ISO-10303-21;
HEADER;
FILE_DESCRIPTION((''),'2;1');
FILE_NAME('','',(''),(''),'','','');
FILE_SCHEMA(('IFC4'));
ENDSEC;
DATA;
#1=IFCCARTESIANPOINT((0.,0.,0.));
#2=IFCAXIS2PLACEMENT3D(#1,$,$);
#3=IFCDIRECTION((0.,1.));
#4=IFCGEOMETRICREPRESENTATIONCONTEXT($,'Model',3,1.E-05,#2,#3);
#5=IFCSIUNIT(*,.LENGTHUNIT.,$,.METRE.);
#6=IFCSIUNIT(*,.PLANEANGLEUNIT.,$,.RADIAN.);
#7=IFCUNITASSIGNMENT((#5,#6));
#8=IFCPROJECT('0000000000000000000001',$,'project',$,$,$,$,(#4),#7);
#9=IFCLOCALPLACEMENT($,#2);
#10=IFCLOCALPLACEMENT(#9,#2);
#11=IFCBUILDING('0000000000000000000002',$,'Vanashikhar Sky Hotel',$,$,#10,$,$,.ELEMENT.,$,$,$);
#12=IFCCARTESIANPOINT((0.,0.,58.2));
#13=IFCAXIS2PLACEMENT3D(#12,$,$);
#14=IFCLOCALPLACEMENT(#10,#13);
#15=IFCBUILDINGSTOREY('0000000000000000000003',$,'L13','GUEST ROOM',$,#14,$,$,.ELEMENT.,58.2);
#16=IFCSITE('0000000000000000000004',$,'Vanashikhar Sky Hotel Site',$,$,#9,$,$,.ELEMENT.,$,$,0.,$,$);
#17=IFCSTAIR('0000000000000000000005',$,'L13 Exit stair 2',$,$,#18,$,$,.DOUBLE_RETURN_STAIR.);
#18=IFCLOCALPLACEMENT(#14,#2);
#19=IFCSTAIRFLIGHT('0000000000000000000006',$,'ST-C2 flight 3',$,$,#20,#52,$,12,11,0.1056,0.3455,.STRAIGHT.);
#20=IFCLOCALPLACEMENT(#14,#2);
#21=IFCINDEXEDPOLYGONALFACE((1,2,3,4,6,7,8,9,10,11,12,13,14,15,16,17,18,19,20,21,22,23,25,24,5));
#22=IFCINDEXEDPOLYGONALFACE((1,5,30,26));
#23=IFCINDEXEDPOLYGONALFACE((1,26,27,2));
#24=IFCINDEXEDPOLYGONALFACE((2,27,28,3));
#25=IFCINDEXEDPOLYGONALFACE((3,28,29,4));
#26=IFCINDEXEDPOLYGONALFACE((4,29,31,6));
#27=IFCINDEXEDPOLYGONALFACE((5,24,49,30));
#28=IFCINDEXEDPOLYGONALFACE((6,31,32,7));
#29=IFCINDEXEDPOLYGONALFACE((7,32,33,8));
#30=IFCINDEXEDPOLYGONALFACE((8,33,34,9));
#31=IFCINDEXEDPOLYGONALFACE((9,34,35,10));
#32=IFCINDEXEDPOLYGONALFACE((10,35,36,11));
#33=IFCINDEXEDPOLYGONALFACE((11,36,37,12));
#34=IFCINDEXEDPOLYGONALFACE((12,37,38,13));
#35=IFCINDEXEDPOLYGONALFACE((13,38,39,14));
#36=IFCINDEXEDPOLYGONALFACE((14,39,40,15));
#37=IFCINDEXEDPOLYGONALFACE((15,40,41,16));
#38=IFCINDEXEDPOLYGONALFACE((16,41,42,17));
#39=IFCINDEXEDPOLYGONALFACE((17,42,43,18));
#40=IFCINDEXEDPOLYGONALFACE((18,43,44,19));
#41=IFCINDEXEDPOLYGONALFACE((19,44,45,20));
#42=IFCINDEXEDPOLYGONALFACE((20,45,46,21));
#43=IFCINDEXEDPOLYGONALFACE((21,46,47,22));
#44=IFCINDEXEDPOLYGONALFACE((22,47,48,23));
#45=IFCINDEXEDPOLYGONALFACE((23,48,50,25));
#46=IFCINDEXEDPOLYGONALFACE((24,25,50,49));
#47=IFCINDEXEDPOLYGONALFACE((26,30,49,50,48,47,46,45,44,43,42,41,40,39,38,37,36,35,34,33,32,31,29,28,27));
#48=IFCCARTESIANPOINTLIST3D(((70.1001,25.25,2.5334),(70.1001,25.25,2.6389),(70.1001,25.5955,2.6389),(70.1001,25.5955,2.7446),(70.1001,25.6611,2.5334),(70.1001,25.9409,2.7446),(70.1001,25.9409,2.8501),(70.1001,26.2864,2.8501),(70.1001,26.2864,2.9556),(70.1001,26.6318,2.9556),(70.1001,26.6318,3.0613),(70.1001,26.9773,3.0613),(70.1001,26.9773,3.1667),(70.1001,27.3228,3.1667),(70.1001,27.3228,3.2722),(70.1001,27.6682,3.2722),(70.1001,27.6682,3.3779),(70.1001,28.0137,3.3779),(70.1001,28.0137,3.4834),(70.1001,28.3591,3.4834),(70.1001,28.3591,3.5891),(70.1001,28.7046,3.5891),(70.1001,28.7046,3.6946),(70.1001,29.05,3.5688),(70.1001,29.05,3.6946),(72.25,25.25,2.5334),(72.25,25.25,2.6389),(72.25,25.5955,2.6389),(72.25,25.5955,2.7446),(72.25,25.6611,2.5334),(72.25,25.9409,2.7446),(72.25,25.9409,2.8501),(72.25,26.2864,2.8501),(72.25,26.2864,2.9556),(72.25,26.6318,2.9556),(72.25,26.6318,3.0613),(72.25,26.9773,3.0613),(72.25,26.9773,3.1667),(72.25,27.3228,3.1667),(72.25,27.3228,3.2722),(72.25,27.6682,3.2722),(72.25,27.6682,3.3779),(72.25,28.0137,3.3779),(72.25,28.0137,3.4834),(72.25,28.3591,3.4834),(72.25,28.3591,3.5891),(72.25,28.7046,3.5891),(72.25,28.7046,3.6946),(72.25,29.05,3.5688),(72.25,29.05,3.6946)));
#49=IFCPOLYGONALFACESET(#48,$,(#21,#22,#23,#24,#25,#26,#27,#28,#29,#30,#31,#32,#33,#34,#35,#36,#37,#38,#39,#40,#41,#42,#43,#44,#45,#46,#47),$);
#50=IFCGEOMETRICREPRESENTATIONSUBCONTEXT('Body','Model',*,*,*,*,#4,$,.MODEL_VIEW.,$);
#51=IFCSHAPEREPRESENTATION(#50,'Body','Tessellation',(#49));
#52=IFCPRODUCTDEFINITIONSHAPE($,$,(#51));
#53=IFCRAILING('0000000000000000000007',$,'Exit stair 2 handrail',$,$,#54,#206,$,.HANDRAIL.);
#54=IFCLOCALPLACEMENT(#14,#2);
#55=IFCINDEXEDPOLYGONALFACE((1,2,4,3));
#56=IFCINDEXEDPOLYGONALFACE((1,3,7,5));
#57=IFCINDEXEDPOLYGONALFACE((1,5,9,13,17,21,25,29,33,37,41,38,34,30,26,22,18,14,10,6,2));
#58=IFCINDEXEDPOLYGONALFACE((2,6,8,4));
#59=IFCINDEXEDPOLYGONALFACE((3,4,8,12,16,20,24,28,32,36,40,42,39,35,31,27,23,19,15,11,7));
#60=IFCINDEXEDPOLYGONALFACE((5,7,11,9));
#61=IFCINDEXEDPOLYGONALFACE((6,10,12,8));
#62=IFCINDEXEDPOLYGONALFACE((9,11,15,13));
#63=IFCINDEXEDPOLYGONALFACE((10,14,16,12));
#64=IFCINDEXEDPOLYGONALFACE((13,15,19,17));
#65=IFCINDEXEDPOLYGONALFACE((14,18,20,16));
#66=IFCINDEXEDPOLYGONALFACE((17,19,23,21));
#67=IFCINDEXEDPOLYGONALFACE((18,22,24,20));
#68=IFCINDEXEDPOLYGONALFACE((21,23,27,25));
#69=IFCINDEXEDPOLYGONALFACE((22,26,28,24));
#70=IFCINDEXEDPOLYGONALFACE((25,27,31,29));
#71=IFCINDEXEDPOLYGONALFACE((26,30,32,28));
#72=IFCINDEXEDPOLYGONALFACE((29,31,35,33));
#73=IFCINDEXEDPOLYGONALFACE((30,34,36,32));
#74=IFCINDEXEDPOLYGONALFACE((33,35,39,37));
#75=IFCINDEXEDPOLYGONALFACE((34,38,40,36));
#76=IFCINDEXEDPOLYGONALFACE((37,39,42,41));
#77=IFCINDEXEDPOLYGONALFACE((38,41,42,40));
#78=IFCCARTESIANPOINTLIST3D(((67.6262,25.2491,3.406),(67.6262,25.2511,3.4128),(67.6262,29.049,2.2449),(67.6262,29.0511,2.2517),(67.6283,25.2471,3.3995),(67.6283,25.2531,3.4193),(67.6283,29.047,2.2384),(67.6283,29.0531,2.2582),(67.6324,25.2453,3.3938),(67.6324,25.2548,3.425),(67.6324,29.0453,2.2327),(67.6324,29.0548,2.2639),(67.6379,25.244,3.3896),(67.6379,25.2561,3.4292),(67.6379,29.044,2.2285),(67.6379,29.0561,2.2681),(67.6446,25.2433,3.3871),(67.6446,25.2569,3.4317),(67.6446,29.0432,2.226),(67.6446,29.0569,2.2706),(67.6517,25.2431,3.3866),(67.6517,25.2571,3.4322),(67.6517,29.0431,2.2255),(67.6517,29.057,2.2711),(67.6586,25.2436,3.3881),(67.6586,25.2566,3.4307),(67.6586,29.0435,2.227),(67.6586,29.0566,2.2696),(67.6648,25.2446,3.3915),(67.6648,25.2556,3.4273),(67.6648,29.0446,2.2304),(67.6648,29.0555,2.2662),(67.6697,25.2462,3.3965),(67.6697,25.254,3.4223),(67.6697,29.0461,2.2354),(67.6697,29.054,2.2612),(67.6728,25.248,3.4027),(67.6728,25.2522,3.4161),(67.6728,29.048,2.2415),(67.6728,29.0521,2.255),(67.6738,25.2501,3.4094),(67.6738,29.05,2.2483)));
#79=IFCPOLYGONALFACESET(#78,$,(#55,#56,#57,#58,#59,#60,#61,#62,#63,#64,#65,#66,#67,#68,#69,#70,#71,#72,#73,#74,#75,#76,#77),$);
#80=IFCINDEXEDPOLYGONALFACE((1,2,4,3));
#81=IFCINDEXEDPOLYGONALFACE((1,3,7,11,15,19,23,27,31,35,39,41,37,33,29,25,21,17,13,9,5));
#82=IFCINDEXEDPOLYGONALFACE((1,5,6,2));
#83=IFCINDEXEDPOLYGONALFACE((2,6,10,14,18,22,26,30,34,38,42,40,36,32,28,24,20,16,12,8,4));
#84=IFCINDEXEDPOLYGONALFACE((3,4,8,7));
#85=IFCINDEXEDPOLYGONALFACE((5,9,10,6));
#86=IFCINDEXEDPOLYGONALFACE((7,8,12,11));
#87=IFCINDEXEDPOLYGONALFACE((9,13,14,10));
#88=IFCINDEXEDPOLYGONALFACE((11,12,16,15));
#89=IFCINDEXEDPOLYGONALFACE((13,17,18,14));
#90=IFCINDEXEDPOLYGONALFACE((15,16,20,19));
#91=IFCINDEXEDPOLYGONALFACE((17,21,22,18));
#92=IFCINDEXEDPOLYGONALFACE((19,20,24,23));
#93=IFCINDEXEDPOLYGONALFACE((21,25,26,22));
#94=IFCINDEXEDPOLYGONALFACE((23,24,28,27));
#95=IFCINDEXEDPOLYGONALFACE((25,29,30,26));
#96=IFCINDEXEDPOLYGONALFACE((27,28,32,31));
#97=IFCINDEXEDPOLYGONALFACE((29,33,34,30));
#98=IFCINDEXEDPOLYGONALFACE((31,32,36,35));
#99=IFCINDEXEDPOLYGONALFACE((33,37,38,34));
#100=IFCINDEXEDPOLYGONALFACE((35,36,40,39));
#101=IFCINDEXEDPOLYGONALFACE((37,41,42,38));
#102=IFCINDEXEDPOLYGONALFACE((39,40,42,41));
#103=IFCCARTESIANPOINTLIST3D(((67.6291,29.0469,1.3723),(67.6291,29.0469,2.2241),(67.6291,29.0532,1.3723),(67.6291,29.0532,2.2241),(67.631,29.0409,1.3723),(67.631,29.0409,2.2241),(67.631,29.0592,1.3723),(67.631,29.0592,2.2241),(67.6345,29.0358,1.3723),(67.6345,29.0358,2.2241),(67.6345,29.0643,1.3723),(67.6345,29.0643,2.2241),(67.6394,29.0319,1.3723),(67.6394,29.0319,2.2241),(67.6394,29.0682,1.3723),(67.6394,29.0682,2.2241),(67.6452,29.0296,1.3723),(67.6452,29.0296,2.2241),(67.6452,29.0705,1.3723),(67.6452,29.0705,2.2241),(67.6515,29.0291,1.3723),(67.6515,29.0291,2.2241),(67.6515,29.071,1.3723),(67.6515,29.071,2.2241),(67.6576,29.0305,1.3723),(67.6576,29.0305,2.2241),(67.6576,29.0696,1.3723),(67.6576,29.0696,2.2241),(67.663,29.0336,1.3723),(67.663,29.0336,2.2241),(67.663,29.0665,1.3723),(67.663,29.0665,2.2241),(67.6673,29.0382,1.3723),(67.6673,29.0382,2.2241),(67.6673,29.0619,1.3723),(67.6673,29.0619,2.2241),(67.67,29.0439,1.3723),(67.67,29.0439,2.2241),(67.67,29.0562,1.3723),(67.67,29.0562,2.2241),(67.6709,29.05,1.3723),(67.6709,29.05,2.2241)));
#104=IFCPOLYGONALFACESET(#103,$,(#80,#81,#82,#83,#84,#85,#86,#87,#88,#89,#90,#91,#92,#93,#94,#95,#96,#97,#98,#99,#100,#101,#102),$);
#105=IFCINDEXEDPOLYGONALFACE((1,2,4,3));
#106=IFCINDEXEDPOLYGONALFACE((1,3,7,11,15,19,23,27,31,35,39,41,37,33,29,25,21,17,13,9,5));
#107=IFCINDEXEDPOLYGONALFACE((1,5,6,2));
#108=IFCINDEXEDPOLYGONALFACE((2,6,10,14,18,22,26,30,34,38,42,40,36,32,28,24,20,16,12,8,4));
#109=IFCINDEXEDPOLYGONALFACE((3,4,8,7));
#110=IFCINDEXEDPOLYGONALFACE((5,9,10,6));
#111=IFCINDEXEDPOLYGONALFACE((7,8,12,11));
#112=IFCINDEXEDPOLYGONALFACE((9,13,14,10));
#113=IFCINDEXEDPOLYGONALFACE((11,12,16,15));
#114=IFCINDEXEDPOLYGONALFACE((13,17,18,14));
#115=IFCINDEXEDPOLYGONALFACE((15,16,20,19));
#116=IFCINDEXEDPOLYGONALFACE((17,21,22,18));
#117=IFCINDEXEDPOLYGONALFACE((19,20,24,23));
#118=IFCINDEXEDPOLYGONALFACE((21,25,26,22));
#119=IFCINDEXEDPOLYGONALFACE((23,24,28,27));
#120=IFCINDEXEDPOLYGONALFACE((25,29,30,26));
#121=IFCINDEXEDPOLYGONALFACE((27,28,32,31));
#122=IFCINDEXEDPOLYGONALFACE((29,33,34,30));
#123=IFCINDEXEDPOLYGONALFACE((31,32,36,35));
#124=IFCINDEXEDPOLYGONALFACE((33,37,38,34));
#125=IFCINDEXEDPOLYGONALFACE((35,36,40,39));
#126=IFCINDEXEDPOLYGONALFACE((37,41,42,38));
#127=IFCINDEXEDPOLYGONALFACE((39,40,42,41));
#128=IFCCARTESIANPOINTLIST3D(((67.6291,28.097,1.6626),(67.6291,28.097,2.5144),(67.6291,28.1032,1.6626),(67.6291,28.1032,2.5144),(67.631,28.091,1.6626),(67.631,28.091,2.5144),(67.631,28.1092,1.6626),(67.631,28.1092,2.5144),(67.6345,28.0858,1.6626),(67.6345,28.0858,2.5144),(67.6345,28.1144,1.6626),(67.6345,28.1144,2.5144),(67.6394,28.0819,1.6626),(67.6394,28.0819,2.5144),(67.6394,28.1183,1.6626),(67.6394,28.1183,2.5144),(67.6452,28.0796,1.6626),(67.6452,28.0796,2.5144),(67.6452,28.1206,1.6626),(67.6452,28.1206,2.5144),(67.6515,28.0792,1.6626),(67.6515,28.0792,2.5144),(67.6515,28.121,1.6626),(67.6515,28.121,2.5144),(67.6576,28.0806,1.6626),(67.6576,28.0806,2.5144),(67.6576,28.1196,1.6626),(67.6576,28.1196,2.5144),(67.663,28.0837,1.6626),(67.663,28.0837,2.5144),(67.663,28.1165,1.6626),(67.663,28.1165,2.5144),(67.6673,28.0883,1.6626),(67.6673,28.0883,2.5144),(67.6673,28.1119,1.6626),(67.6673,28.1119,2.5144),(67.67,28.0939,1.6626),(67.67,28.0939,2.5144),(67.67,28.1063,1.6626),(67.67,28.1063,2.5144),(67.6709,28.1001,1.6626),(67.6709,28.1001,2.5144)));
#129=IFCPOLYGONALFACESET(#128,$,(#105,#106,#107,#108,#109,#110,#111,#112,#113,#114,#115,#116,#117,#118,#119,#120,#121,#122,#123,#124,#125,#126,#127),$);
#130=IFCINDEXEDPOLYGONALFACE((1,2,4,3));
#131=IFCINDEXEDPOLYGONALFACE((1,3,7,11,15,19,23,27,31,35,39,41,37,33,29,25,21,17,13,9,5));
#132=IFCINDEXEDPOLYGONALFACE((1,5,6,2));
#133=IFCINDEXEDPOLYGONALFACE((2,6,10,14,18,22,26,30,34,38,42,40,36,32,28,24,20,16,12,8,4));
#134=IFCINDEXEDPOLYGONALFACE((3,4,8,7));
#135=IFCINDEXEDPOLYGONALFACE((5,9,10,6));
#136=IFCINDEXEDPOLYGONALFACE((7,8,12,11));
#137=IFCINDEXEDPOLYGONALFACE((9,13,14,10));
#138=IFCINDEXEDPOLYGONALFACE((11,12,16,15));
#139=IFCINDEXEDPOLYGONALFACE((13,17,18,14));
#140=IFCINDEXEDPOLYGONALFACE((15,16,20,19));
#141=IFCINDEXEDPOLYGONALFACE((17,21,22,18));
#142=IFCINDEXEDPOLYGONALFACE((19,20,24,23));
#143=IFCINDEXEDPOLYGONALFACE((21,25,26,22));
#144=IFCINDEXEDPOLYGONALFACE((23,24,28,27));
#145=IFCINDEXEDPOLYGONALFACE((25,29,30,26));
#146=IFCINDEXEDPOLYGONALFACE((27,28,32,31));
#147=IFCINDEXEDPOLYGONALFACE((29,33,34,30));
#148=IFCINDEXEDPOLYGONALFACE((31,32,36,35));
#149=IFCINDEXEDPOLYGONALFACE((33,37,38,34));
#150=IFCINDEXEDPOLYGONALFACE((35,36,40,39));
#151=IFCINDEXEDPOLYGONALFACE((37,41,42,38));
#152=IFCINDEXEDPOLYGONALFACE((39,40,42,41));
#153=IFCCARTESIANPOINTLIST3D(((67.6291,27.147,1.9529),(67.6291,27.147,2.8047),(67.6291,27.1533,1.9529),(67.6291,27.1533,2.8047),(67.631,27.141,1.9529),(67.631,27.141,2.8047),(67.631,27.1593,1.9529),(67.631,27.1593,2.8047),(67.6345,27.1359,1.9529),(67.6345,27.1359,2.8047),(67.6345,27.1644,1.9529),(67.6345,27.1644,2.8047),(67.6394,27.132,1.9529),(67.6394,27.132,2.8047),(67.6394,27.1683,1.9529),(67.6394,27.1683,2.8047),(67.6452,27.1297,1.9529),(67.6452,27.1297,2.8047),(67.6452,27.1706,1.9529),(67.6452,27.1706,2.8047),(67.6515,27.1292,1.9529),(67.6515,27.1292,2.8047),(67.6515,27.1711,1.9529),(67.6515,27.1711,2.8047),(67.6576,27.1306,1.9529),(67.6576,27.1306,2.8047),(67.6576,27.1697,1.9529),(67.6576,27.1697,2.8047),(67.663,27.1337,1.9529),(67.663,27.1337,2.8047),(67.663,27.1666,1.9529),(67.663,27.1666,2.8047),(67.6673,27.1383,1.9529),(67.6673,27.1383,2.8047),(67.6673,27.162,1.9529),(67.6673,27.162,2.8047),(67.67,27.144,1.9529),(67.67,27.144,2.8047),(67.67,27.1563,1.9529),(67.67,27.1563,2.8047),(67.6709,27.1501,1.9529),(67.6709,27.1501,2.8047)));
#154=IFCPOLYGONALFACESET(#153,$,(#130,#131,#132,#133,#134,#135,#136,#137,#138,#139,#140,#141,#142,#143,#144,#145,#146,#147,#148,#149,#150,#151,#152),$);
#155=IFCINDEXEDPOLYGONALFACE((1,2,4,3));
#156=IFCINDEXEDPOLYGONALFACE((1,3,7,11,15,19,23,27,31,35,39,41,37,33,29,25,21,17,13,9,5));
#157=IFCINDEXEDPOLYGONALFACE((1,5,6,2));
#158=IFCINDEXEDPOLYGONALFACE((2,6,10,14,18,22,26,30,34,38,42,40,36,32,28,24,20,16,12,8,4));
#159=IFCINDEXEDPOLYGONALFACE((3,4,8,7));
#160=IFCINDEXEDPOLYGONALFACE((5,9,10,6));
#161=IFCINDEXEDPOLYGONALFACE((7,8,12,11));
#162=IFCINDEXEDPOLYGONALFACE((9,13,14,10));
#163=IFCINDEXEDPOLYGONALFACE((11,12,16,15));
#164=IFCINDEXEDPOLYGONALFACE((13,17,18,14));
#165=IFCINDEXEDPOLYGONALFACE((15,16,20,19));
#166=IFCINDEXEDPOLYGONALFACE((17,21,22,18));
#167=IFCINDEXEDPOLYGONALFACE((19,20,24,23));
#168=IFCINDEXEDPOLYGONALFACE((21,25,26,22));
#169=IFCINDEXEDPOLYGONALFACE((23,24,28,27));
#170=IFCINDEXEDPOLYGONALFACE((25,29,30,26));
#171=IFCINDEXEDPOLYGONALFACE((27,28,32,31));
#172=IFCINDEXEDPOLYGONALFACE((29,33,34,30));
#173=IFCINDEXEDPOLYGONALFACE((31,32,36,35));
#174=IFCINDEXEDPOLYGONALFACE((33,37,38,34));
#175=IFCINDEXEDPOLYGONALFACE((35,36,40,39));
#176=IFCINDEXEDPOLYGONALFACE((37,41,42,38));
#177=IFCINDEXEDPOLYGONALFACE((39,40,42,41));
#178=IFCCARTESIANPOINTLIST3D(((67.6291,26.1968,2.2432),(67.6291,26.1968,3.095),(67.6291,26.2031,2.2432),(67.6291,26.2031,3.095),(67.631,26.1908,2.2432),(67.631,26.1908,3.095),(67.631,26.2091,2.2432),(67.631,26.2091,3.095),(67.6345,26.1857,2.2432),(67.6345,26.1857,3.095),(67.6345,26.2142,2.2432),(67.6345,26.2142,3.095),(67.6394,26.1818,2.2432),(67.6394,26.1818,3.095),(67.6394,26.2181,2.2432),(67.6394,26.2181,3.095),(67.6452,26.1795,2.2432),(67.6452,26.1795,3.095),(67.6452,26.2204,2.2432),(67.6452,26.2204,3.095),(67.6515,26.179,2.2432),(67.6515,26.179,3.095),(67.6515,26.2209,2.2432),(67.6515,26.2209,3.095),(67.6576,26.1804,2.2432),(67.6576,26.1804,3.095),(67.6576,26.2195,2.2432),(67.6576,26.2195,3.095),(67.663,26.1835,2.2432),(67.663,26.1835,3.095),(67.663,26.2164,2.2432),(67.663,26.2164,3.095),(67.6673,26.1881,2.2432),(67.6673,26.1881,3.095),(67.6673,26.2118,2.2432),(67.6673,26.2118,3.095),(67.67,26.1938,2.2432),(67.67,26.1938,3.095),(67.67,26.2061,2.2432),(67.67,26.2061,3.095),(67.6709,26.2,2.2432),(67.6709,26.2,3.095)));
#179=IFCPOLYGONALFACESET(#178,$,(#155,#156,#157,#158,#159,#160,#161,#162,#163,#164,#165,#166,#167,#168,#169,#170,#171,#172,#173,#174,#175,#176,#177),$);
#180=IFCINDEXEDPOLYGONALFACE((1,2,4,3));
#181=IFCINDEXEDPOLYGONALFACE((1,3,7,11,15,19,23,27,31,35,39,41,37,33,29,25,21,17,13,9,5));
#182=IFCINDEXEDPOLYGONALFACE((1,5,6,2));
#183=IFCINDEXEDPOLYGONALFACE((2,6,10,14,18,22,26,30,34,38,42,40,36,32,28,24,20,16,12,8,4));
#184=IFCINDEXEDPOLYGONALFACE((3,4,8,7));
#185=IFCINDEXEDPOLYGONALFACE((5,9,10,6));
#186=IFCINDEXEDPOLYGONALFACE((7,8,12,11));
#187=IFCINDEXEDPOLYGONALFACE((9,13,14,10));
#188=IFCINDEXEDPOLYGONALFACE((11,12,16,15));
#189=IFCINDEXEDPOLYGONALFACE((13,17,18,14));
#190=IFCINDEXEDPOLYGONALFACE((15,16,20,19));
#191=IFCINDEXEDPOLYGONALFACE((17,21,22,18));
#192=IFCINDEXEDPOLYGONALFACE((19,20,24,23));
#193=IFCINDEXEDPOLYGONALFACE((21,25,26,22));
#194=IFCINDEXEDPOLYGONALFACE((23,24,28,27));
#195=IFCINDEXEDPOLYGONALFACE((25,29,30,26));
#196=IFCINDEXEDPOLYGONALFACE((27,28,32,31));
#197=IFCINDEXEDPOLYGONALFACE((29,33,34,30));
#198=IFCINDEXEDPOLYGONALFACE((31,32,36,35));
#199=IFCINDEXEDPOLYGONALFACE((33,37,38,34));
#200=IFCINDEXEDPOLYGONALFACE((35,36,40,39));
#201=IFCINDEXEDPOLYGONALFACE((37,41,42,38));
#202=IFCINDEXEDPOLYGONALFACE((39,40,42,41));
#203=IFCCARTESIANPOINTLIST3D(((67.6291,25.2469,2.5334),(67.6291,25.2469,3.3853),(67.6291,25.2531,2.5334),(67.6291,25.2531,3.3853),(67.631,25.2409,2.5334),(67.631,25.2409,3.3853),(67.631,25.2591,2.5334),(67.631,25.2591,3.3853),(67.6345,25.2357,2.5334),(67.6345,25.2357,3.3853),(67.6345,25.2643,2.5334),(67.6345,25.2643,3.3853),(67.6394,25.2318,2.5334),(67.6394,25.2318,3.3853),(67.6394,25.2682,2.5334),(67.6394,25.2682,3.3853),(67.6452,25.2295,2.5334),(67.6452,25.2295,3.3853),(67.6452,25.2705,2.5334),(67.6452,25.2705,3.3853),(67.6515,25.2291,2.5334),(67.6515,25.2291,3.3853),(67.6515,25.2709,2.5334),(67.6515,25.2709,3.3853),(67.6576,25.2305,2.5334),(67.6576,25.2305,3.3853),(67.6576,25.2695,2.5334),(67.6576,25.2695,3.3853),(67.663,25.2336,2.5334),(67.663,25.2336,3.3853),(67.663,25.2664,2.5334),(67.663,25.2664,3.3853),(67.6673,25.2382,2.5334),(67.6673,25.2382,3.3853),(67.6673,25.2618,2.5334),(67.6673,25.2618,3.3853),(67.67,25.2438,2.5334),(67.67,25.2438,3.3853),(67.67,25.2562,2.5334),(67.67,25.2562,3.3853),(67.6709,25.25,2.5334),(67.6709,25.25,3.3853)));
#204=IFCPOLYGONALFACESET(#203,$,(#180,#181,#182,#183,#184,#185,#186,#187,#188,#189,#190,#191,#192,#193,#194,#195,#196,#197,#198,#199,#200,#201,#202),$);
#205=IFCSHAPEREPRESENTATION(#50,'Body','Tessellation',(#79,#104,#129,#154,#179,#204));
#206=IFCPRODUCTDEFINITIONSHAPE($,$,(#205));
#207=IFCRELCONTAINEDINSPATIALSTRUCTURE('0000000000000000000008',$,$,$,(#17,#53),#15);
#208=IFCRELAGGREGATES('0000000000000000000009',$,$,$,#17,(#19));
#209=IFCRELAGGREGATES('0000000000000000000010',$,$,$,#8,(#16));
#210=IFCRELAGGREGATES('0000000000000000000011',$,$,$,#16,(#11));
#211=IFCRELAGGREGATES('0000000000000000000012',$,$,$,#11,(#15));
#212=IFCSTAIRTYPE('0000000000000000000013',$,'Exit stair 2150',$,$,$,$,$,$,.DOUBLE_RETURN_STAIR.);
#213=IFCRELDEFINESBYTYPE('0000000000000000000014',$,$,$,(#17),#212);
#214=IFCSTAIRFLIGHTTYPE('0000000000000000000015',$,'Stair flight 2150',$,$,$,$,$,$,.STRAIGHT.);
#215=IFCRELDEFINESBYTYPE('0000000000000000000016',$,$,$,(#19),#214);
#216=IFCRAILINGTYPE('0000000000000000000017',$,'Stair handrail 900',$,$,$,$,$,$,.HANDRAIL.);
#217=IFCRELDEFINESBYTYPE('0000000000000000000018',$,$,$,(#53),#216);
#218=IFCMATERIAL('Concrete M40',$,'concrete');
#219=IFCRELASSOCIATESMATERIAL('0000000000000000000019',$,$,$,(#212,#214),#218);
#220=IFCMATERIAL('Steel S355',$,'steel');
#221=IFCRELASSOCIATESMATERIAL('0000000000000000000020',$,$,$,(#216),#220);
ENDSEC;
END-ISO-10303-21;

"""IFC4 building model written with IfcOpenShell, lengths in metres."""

from ifc_helpers import new_model, si_unit, direction, frame, origin, origin_2d, place, context, subcontext, project, spatial, polyline, circle, outline, extrude, source, transform, mapped, material, type_object, element, aggregate, save


model = new_model("IFC4")

# Units and contexts
model_context = context("Model", 3, precision=1e-05, world=origin(), true_north=direction((0.0, 1.0)))
body_context = subcontext(model_context, "Body", "Model", "MODEL_VIEW")
ifc_project = project(units=[si_unit("LENGTHUNIT", "METRE"), si_unit("PLANEANGLEUNIT", "RADIAN")], contexts=[model_context])

# Site, building, storey
site_placement = place(None, origin())
site = spatial("IfcSite", under=ifc_project, at=site_placement, Name="Vanashikhar Sky Hotel Site", CompositionType="ELEMENT", RefElevation=0.0)
building_placement = place(site_placement, origin())
building = spatial("IfcBuilding", under=site, at=building_placement, Name="Vanashikhar Sky Hotel", CompositionType="ELEMENT")
storey_placement = place(building_placement, frame((0.0, 0.0, 58.2)))
storey = spatial("IfcBuildingStorey", under=building, at=storey_placement, Name="L13", Description="GUEST ROOM", CompositionType="ELEMENT", Elevation=58.2)

# Stair, stair flight
ifc_material_1 = material(Name="Concrete M40", Category="concrete")
stair_type = type_object("IfcStairType", Name="Exit stair 2150", PredefinedType="DOUBLE_RETURN_STAIR", material=ifc_material_1)
stair_placement = place(storey_placement, origin())
stair = element("IfcStair", 1, at=stair_placement, inside=storey, type_object=stair_type, Name="L13 Exit stair 2", PredefinedType="DOUBLE_RETURN_STAIR")
stair_flight_type = type_object("IfcStairFlightType", Name="Stair flight 2150", PredefinedType="STRAIGHT", material=ifc_material_1)
shared_shape_1 = source(origin(), body_context, "Body", "SweptSolid", [
    extrude(outline(polyline([(0.0, 0.0), (0.0, 0.1055), (0.3455, 0.1055), (0.3455, 0.2112), (0.6909, 0.2112), (0.6909, 0.3167), (1.0364, 0.3167), (1.0364, 0.4221), (1.3818, 0.4221), (1.3818, 0.5278), (1.7273, 0.5278), (1.7273, 0.6333), (2.0728, 0.6333), (2.0728, 0.7388), (2.4182, 0.7388), (2.4182, 0.8445), (2.7637, 0.8445), (2.7637, 0.95), (3.1091, 0.95), (3.1091, 1.0557), (3.4546, 1.0557), (3.4546, 1.1611), (3.8, 1.1611), (3.8, 1.2666), (3.8, 1.0354), (0.4111, 0.0), (0.0, 0.0)])), frame((0.0, 1.075, 0.0), z_axis=(0.0, -1.0, 0.0), x_axis=(1.0, 0.0, 0.0)), (0.0, 0.0, 1.0), 2.1499),
])
stair_flight_1_placement = place(storey_placement, frame((71.175, 25.25, 2.5334), z_axis=(0.0, 0.0, 1.0), x_axis=(0.0, 1.0, 0.0)))
stair_flight_1 = element("IfcStairFlight", 2, at=stair_flight_1_placement, type_object=stair_flight_type, Name="ST-C2 flight 3", NumberOfRisers=12, NumberOfTreads=11, PredefinedType="STRAIGHT", RiserHeight=0.1056, TreadLength=0.3455, context=body_context, shape_type="MappedRepresentation", body=[
    mapped(shared_shape_1, transform((0.0, 0.0, 0.0), scale=1.0)),
])
aggregate(stair, [stair_flight_1])

# Railing
ifc_material_2 = material(Name="Steel S355", Category="steel")
railing_type_1 = type_object("IfcRailingType", Name="Stair handrail 900", PredefinedType="HANDRAIL", material=ifc_material_2)
shared_shape_2 = source(origin(), body_context, "Body", "SweptSolid", [
    extrude(circle(Radius=0.0239, at=origin_2d()), frame((0.0, 0.0, 0.876), z_axis=(0.0, -0.956351, 0.29222), x_axis=(1.0, 0.0, 0.0)), (0.0, 0.0, 1.0), 3.9734),
    extrude(circle(Radius=0.021, at=origin_2d()), origin(), (0.0, 0.0, 1.0), 0.8518),
    extrude(circle(Radius=0.021, at=origin_2d()), frame((0.0, -0.95, 0.2903)), (0.0, 0.0, 1.0), 0.8518),
    extrude(circle(Radius=0.021, at=origin_2d()), frame((0.0, -1.8999, 0.5806)), (0.0, 0.0, 1.0), 0.8518),
    extrude(circle(Radius=0.021, at=origin_2d()), frame((0.0, -2.8501, 0.8708)), (0.0, 0.0, 1.0), 0.8518),
    extrude(circle(Radius=0.021, at=origin_2d()), frame((0.0, -3.8, 1.1611)), (0.0, 0.0, 1.0), 0.8518),
])
railing_1_placement = place(storey_placement, frame((67.6499, 29.05, 1.3723)))
element("IfcRailing", 3, at=railing_1_placement, inside=storey, type_object=railing_type_1, Name="Exit stair 2 handrail", PredefinedType="HANDRAIL", context=body_context, shape_type="MappedRepresentation", body=[
    mapped(shared_shape_2, transform((0.0, 0.0, 0.0), scale=1.0)),
])

save(model, "model.ifc")
